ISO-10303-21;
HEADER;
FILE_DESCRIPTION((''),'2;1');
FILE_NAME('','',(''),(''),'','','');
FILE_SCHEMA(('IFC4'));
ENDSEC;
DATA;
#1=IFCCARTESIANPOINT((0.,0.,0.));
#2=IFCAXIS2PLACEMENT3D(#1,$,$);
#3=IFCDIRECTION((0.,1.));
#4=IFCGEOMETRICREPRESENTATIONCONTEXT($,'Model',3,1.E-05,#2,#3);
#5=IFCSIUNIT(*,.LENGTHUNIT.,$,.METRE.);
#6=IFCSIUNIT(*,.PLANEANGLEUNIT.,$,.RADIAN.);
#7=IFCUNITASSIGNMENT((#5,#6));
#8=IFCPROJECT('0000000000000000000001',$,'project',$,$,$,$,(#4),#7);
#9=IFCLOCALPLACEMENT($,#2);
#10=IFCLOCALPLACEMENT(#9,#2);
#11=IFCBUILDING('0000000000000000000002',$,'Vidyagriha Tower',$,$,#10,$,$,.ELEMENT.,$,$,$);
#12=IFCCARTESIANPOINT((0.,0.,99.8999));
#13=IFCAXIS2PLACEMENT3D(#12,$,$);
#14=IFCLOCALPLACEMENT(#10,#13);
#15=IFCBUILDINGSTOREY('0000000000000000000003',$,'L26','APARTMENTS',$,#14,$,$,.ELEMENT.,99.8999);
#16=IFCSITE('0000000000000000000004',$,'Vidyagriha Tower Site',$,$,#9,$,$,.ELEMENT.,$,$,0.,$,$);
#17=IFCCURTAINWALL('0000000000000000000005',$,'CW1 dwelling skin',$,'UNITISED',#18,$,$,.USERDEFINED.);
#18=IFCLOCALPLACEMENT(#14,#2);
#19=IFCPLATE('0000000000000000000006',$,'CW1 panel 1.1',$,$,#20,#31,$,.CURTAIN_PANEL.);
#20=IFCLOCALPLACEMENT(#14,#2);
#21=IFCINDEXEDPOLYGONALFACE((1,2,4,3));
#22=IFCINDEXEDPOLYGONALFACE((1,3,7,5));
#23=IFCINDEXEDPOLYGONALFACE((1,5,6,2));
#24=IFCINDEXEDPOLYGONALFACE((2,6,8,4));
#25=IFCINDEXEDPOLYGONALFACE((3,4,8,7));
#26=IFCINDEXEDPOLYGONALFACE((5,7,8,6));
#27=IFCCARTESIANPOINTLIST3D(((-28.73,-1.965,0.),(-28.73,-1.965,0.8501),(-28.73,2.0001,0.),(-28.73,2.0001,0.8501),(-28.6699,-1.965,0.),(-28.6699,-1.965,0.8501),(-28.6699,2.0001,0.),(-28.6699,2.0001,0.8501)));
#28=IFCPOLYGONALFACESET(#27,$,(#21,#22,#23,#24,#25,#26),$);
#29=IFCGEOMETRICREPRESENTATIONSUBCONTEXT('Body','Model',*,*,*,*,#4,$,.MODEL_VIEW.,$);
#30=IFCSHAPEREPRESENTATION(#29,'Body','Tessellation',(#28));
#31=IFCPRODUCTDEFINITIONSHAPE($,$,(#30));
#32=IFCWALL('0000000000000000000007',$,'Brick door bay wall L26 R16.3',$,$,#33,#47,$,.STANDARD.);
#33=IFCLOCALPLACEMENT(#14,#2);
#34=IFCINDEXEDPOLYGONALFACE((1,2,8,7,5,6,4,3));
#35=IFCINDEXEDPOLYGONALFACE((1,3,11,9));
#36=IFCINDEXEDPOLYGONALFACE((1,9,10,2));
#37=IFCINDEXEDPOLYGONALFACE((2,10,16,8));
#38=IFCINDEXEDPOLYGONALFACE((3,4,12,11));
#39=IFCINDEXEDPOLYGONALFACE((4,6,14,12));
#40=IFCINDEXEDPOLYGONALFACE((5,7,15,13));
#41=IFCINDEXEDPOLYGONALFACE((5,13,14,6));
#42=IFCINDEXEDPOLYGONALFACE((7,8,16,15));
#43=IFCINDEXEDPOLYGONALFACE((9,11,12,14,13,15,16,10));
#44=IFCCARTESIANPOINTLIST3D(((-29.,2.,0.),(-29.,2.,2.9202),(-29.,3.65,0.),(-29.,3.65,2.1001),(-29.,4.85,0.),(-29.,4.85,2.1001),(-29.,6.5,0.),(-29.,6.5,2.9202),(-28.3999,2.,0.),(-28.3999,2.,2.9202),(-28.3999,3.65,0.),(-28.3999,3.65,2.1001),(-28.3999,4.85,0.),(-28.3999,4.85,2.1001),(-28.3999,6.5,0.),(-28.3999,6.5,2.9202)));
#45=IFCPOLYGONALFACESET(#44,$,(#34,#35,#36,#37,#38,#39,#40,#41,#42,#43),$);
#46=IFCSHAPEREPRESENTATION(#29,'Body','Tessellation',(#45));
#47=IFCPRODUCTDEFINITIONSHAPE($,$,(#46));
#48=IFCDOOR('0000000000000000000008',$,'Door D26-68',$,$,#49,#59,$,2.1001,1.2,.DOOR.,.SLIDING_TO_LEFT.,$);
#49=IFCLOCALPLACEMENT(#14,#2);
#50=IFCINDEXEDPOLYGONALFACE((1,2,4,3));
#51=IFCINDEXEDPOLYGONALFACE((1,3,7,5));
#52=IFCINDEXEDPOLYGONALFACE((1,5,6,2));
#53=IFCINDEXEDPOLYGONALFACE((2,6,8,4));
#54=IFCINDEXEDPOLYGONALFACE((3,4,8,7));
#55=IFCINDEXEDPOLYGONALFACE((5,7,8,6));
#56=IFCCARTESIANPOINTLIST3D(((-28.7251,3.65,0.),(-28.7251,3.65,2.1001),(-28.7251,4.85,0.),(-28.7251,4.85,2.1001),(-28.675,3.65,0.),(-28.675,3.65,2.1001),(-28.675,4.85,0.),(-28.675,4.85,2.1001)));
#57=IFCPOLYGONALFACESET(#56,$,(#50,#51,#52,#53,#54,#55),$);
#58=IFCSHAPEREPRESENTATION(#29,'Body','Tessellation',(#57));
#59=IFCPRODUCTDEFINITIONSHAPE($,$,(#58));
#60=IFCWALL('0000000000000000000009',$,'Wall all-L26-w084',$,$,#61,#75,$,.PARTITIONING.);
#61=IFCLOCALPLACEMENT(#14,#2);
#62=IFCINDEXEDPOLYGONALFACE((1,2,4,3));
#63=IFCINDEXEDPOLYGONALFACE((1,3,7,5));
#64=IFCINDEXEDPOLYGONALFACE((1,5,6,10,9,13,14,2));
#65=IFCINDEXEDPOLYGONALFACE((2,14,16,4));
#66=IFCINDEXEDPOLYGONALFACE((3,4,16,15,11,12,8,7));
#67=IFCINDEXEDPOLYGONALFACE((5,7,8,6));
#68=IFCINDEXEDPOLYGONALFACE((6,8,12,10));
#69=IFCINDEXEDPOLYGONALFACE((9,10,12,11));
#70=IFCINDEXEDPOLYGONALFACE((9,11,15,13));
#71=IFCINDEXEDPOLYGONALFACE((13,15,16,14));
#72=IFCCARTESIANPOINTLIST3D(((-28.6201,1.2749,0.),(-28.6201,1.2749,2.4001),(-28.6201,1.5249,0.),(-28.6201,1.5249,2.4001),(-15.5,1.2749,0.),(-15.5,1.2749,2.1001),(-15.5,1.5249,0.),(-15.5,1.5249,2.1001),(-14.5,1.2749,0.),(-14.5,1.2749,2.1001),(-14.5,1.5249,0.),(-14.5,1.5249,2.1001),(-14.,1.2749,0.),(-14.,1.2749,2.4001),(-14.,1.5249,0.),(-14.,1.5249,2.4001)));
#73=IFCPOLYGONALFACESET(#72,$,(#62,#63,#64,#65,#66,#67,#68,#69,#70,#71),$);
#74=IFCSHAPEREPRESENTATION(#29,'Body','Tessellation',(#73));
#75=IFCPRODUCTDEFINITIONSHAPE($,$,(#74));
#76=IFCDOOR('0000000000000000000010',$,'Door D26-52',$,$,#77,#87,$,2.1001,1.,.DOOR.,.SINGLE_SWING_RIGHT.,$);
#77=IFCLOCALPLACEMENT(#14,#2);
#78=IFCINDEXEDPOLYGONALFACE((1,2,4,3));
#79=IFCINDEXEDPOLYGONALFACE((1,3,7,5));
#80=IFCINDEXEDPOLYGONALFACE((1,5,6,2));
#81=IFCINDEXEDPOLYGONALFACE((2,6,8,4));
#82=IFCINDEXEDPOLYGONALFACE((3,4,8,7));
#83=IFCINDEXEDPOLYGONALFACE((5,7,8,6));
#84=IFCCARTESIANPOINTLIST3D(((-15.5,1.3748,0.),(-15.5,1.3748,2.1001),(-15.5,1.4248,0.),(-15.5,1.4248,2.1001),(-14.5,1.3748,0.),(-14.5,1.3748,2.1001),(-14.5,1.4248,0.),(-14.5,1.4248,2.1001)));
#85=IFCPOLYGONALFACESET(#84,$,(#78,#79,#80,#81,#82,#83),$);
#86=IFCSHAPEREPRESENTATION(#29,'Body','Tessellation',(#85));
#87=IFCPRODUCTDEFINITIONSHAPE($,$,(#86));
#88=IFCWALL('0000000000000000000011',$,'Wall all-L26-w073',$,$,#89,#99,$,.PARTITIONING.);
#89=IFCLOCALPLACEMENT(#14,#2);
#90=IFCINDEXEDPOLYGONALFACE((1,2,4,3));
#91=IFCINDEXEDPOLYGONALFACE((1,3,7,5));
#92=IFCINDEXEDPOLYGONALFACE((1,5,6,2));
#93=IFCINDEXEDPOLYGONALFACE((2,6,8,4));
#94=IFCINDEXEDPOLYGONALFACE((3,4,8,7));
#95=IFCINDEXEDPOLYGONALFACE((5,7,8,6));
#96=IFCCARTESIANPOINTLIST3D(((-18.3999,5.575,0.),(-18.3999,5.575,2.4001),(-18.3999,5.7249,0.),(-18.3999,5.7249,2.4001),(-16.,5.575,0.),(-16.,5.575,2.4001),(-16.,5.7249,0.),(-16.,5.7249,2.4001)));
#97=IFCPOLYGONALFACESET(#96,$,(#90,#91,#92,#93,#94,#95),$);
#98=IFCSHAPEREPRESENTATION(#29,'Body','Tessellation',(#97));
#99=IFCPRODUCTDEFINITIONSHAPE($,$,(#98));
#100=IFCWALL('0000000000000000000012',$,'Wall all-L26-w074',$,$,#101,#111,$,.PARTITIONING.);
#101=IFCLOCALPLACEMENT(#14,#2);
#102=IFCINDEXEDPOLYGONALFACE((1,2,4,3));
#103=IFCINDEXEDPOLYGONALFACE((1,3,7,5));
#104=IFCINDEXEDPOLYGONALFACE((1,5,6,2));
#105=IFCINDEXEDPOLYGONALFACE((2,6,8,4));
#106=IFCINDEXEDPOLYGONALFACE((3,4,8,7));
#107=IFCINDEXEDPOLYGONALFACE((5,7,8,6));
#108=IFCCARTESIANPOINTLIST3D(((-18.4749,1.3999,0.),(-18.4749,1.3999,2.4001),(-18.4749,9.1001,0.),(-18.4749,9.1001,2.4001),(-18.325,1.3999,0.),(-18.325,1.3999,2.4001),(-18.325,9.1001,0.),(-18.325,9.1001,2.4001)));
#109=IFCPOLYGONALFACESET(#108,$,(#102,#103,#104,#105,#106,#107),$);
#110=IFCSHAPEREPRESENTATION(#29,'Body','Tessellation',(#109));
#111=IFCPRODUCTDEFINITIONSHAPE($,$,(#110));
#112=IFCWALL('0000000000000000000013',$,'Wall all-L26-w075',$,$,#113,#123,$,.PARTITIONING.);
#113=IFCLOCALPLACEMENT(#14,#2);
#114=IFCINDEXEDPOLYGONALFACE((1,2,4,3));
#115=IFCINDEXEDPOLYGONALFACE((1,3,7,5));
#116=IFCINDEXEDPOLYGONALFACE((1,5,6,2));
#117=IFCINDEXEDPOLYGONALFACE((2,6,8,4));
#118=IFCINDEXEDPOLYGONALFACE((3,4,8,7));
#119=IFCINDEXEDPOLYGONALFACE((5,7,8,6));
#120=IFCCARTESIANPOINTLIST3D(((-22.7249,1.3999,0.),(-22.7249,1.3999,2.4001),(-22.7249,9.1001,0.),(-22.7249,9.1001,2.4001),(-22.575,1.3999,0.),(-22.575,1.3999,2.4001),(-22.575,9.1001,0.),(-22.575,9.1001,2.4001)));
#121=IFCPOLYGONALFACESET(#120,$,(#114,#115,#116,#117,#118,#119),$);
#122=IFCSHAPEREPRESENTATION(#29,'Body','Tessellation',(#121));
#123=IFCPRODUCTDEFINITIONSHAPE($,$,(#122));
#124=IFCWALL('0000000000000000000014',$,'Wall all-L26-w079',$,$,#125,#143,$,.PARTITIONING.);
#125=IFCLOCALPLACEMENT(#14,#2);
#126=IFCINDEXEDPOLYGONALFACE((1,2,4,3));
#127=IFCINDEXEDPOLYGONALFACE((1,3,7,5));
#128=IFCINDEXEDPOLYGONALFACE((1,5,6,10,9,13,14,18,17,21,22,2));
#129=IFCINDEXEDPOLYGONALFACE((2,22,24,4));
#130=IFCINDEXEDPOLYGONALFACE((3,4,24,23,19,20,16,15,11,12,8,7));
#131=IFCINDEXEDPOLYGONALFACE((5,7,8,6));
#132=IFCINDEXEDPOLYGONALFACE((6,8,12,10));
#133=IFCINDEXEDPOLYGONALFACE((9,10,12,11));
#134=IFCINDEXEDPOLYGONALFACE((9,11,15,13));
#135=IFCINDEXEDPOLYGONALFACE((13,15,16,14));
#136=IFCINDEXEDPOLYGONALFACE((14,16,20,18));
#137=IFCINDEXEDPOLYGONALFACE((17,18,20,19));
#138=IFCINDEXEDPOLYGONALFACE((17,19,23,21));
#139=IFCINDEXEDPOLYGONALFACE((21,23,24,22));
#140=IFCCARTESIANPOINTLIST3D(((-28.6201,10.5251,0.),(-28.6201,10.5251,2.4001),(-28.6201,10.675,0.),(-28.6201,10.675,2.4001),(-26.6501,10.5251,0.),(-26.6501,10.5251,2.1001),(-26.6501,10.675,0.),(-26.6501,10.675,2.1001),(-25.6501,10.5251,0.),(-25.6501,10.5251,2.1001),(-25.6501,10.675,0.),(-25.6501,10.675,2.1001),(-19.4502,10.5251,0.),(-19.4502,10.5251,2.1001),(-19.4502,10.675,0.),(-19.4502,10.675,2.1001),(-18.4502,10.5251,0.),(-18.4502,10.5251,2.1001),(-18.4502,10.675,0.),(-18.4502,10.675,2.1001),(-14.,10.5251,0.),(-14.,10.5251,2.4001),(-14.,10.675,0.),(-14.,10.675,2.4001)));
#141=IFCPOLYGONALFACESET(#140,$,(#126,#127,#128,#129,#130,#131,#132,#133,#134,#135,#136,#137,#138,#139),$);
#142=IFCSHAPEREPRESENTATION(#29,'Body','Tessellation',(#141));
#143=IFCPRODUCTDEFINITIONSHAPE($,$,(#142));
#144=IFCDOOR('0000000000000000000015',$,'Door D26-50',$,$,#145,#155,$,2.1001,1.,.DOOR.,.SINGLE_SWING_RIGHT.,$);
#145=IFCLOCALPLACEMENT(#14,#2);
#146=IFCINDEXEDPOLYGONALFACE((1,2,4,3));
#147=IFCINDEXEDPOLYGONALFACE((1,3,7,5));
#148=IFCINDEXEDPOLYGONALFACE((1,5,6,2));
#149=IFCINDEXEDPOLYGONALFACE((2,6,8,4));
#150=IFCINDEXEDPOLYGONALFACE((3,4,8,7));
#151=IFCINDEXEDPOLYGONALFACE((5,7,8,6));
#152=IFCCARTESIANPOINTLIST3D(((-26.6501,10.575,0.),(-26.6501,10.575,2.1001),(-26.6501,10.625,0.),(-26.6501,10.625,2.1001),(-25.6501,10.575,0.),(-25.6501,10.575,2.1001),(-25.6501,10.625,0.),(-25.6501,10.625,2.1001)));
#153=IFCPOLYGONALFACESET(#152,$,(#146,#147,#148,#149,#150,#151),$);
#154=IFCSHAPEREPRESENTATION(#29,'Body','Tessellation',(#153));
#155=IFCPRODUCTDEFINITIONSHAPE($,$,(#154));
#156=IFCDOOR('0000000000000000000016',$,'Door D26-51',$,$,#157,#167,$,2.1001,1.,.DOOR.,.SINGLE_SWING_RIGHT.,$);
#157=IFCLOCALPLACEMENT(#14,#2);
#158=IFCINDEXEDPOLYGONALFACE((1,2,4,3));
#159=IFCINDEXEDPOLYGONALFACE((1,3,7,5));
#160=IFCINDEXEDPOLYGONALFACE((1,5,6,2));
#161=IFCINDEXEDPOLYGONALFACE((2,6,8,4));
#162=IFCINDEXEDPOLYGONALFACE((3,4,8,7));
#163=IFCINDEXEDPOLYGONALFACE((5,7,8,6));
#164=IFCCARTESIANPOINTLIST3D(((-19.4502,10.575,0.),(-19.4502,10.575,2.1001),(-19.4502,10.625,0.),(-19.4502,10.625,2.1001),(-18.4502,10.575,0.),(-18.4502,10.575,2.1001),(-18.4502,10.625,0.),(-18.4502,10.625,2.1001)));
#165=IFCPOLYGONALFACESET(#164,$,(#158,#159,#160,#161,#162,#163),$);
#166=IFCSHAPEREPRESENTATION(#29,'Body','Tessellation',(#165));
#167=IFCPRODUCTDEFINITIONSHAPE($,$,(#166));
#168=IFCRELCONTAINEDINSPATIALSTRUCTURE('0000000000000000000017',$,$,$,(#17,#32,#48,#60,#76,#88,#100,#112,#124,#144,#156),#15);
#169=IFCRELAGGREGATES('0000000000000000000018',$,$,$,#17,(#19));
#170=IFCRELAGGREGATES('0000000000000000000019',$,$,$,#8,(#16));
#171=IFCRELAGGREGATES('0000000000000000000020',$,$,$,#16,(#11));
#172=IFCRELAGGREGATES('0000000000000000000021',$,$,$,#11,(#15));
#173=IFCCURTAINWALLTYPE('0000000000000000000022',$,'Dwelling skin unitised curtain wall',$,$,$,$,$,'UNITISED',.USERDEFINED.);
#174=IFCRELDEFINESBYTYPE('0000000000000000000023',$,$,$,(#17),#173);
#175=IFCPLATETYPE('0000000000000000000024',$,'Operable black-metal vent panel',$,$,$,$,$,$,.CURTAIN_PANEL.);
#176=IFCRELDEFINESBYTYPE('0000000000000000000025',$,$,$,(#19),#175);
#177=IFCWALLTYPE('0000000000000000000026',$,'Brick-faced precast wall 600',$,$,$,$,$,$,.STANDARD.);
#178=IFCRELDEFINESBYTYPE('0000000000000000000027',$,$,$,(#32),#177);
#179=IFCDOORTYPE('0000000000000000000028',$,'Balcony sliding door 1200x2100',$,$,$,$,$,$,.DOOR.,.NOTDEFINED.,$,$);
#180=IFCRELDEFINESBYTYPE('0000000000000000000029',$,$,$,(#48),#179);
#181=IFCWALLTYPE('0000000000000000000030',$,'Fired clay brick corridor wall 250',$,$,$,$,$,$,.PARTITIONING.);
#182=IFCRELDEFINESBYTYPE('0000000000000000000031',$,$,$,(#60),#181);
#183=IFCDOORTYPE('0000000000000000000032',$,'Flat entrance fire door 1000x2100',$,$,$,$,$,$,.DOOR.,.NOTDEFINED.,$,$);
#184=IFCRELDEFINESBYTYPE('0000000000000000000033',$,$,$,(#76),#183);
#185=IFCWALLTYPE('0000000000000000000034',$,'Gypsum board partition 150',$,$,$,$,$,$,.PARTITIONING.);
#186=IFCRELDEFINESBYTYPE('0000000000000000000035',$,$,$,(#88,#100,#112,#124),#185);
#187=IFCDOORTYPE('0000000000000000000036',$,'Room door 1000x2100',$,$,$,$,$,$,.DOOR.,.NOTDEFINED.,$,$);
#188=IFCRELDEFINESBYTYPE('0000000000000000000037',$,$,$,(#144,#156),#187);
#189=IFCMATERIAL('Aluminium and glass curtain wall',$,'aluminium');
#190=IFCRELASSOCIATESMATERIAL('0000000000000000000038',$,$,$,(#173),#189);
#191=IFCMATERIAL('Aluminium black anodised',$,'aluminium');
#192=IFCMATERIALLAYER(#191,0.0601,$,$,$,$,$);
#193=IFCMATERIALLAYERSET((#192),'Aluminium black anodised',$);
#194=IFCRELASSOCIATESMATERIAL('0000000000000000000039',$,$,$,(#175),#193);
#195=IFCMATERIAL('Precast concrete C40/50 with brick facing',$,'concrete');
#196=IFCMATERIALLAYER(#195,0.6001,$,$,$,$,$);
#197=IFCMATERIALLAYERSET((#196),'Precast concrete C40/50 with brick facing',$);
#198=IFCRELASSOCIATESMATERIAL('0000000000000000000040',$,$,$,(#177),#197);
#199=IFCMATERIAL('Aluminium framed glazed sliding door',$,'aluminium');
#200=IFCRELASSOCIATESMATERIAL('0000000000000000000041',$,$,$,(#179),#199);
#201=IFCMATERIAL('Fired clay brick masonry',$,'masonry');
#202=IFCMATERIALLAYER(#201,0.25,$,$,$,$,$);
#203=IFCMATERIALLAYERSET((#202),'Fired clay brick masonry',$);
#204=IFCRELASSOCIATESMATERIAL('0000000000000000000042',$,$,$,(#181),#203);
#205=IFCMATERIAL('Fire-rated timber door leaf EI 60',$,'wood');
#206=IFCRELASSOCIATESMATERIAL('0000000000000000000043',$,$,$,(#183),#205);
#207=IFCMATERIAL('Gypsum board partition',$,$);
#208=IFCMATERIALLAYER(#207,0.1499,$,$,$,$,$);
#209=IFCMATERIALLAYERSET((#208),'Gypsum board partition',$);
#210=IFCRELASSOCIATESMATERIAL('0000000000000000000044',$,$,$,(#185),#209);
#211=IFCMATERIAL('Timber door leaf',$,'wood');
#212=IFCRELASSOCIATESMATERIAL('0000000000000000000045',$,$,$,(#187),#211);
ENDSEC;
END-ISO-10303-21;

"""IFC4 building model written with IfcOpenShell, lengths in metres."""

from ifc_helpers import new_model, si_unit, direction, frame, frame_2d, origin, origin_2d, place, context, subcontext, project, spatial, rectangle, extrude, material, layer, layer_set, type_object, element, fill, aggregate, save


model = new_model("IFC4")

# Units and contexts
model_context = context("Model", 3, precision=1e-05, world=origin(), true_north=direction((0.0, 1.0)))
body_context = subcontext(model_context, "Body", "Model", "MODEL_VIEW")
ifc_project = project(units=[si_unit("LENGTHUNIT", "METRE"), si_unit("PLANEANGLEUNIT", "RADIAN")], contexts=[model_context])

# Site, building, storey
site_placement = place(None, origin())
site = spatial("IfcSite", under=ifc_project, at=site_placement, Name="Vidyagriha Tower Site", CompositionType="ELEMENT", RefElevation=0.0)
building_placement = place(site_placement, origin())
building = spatial("IfcBuilding", under=site, at=building_placement, Name="Vidyagriha Tower", CompositionType="ELEMENT")
storey_placement = place(building_placement, frame((0.0, 0.0, 99.8999)))
storey = spatial("IfcBuildingStorey", under=building, at=storey_placement, Name="L26", Description="APARTMENTS", CompositionType="ELEMENT", Elevation=99.8999)

# Shared definitions
ifc_material_1 = material(Name="Aluminium and glass curtain wall", Category="aluminium")
curtain_wall_type = type_object("IfcCurtainWallType", Name="Dwelling skin unitised curtain wall", ElementType="UNITISED", PredefinedType="USERDEFINED", material=ifc_material_1)

# Curtain wall
curtain_wall_1_placement = place(storey_placement, origin())
curtain_wall_1 = element("IfcCurtainWall", 1, at=curtain_wall_1_placement, inside=storey, type_object=curtain_wall_type, Name="CW1 dwelling skin", ObjectType="UNITISED", PredefinedType="USERDEFINED")

# Plate
ifc_material_2 = material(Name="Aluminium black anodised", Category="aluminium")
ifc_layer_1 = layer(ifc_material_2, 0.0601)
ifc_layer_set_1 = layer_set([ifc_layer_1], Name="Aluminium black anodised")
plate_type_1 = type_object("IfcPlateType", Name="Operable black-metal vent panel", PredefinedType="CURTAIN_PANEL", material=ifc_layer_set_1)
plate_1_placement = place(storey_placement, frame((-28.7, 0.0176, 0.0), z_axis=(0.0, 0.0, 1.0), x_axis=(0.0, -1.0, 0.0)))
plate_1 = element("IfcPlate", 2, at=plate_1_placement, type_object=plate_type_1, Name="CW1 panel 1.1", PredefinedType="CURTAIN_PANEL", context=body_context, shape_type="SweptSolid", body=[
    extrude(rectangle(XDim=3.9651, YDim=0.0601, at=origin_2d()), origin(), (0.0, 0.0, 1.0), 0.8501),
])
aggregate(curtain_wall_1, [plate_1])

# Walls, openings, doors
ifc_material_3 = material(Name="Precast concrete C40/50 with brick facing", Category="concrete")
ifc_layer_2 = layer(ifc_material_3, 0.6001)
ifc_layer_set_2 = layer_set([ifc_layer_2], Name="Precast concrete C40/50 with brick facing")
wall_type_1 = type_object("IfcWallType", Name="Brick-faced precast wall 600", PredefinedType="STANDARD", material=ifc_layer_set_2)
wall_1_placement = place(storey_placement, frame((-28.7, 6.5, 0.0), z_axis=(0.0, 0.0, 1.0), x_axis=(0.0, -1.0, 0.0)))
wall_1 = element("IfcWall", 3, at=wall_1_placement, inside=storey, type_object=wall_type_1, Name="Brick door bay wall L26 R16.3", PredefinedType="STANDARD", context=body_context, shape_type="SweptSolid", body=[
    extrude(rectangle(XDim=4.5, YDim=0.6001, at=frame_2d((2.25, 0.0))), origin(), (0.0, 0.0, 1.0), 2.9202),
])
opening_1_placement = place(wall_1_placement, frame((1.6499, 0.0, 0.0)))
opening_1 = element("IfcOpeningElement", 4, at=opening_1_placement, cuts=wall_1, PredefinedType="OPENING", context=body_context, shape_type="SweptSolid", body=[
    extrude(rectangle(XDim=1.2, YDim=2.1001, at=frame_2d((0.6001, 1.05))), frame((0.0, 0.3101, 0.0), z_axis=(0.0, -1.0, 0.0), x_axis=(1.0, 0.0, 0.0)), (0.0, 0.0, 1.0), 0.6201),
])
ifc_material_4 = material(Name="Aluminium framed glazed sliding door", Category="aluminium")
door_type_1 = type_object("IfcDoorType", Name="Balcony sliding door 1200x2100", OperationType="NOTDEFINED", PredefinedType="DOOR", material=ifc_material_4)
door_1_placement = place(opening_1_placement, origin())
door_1 = element("IfcDoor", 5, at=door_1_placement, inside=storey, type_object=door_type_1, Name="Door D26-68", OperationType="SLIDING_TO_LEFT", OverallHeight=2.1001, OverallWidth=1.2, PredefinedType="DOOR", context=body_context, shape_type="SweptSolid", body=[
    extrude(rectangle(XDim=1.2, YDim=2.1001, at=frame_2d((0.6001, 1.05))), frame((0.0, 0.0249, 0.0), z_axis=(0.0, -1.0, 0.0), x_axis=(1.0, 0.0, 0.0)), (0.0, 0.0, 1.0), 0.05),
])
fill(opening_1, door_1)
ifc_material_5 = material(Name="Fired clay brick masonry", Category="masonry")
ifc_layer_3 = layer(ifc_material_5, 0.25)
ifc_layer_set_3 = layer_set([ifc_layer_3], Name="Fired clay brick masonry")
wall_type_2 = type_object("IfcWallType", Name="Fired clay brick corridor wall 250", PredefinedType="PARTITIONING", material=ifc_layer_set_3)
wall_2_placement = place(storey_placement, frame((-28.6201, 1.3999, 0.0)))
wall_2 = element("IfcWall", 6, at=wall_2_placement, inside=storey, type_object=wall_type_2, Name="Wall all-L26-w084", PredefinedType="PARTITIONING", context=body_context, shape_type="SweptSolid", body=[
    extrude(rectangle(XDim=14.6201, YDim=0.25, at=frame_2d((7.3101, 0.0))), origin(), (0.0, 0.0, 1.0), 2.4001),
])
opening_2_placement = place(wall_2_placement, frame((13.1201, 0.0, 0.0)))
opening_2 = element("IfcOpeningElement", 7, at=opening_2_placement, cuts=wall_2, PredefinedType="OPENING", context=body_context, shape_type="SweptSolid", body=[
    extrude(rectangle(XDim=1.0, YDim=2.1001, at=frame_2d((0.5, 1.05))), frame((0.0, 0.135, 0.0), z_axis=(0.0, -1.0, 0.0), x_axis=(1.0, 0.0, 0.0)), (0.0, 0.0, 1.0), 0.27),
])
ifc_material_6 = material(Name="Fire-rated timber door leaf EI 60", Category="wood")
door_type_2 = type_object("IfcDoorType", Name="Flat entrance fire door 1000x2100", OperationType="NOTDEFINED", PredefinedType="DOOR", material=ifc_material_6)
door_2_placement = place(opening_2_placement, origin())
door_2 = element("IfcDoor", 8, at=door_2_placement, inside=storey, type_object=door_type_2, Name="Door D26-52", OperationType="SINGLE_SWING_RIGHT", OverallHeight=2.1001, OverallWidth=1.0, PredefinedType="DOOR", context=body_context, shape_type="SweptSolid", body=[
    extrude(rectangle(XDim=1.0, YDim=2.1001, at=frame_2d((0.5, 1.05))), frame((0.0, 0.0249, 0.0), z_axis=(0.0, -1.0, 0.0), x_axis=(1.0, 0.0, 0.0)), (0.0, 0.0, 1.0), 0.05),
])
fill(opening_2, door_2)

# Walls
ifc_material_7 = material(Name="Gypsum board partition")
ifc_layer_4 = layer(ifc_material_7, 0.1499)
ifc_layer_set_4 = layer_set([ifc_layer_4], Name="Gypsum board partition")
wall_type_3 = type_object("IfcWallType", Name="Gypsum board partition 150", PredefinedType="PARTITIONING", material=ifc_layer_set_4)
wall_3_placement = place(storey_placement, frame((-18.3999, 5.6499, 0.0)))
element("IfcWall", 9, at=wall_3_placement, inside=storey, type_object=wall_type_3, Name="Wall all-L26-w073", PredefinedType="PARTITIONING", context=body_context, shape_type="SweptSolid", body=[
    extrude(rectangle(XDim=2.3999, YDim=0.1499, at=frame_2d((1.2, 0.0))), origin(), (0.0, 0.0, 1.0), 2.4001),
])
for number, where, z_axis, x_axis, name in (
    (10, (-18.3999, 1.3999, 0.0), (0.0, 0.0, 1.0), (0.0, 1.0, 0.0), "Wall all-L26-w074"),
    (11, (-22.6499, 1.3999, 0.0), (0.0, 0.0, 1.0), (0.0, 1.0, 0.0), "Wall all-L26-w075"),
):
    element("IfcWall", number, at=place(storey_placement, frame(where, z_axis=z_axis, x_axis=x_axis)), inside=storey, type_object=wall_type_3, Name=name, PredefinedType="PARTITIONING", context=body_context, shape_type="SweptSolid", body=[
        extrude(rectangle(XDim=7.7002, YDim=0.1499, at=frame_2d((3.8501, 0.0))), origin(), (0.0, 0.0, 1.0), 2.4001),
    ])

# Wall, openings, doors
wall_4_placement = place(storey_placement, frame((-28.6201, 10.6001, 0.0)))
wall_4 = element("IfcWall", 12, at=wall_4_placement, inside=storey, type_object=wall_type_3, Name="Wall all-L26-w079", PredefinedType="PARTITIONING", context=body_context, shape_type="SweptSolid", body=[
    extrude(rectangle(XDim=14.6201, YDim=0.1499, at=frame_2d((7.3101, 0.0))), origin(), (0.0, 0.0, 1.0), 2.4001),
])
opening_3_placement = place(wall_4_placement, frame((1.97, 0.0, 0.0)))
opening_3 = element("IfcOpeningElement", 13, at=opening_3_placement, cuts=wall_4, PredefinedType="OPENING", context=body_context, shape_type="SweptSolid", body=[
    extrude(rectangle(XDim=1.0, YDim=2.1001, at=frame_2d((0.5, 1.05))), frame((0.0, 0.085, 0.0), z_axis=(0.0, -1.0, 0.0), x_axis=(1.0, 0.0, 0.0)), (0.0, 0.0, 1.0), 0.1699),
])
opening_4_placement = place(wall_4_placement, frame((9.1699, 0.0, 0.0)))
opening_4 = element("IfcOpeningElement", 14, at=opening_4_placement, cuts=wall_4, PredefinedType="OPENING", context=body_context, shape_type="SweptSolid", body=[
    extrude(rectangle(XDim=1.0, YDim=2.1001, at=frame_2d((0.5, 1.05))), frame((0.0, 0.085, 0.0), z_axis=(0.0, -1.0, 0.0), x_axis=(1.0, 0.0, 0.0)), (0.0, 0.0, 1.0), 0.1699),
])
ifc_material_8 = material(Name="Timber door leaf", Category="wood")
door_type_3 = type_object("IfcDoorType", Name="Room door 1000x2100", OperationType="NOTDEFINED", PredefinedType="DOOR", material=ifc_material_8)
door_3_placement = place(opening_3_placement, origin())
door_3 = element("IfcDoor", 15, at=door_3_placement, inside=storey, type_object=door_type_3, Name="Door D26-50", OperationType="SINGLE_SWING_RIGHT", OverallHeight=2.1001, OverallWidth=1.0, PredefinedType="DOOR", context=body_context, shape_type="SweptSolid", body=[
    extrude(rectangle(XDim=1.0, YDim=2.1001, at=frame_2d((0.5, 1.05))), frame((0.0, 0.0249, 0.0), z_axis=(0.0, -1.0, 0.0), x_axis=(1.0, 0.0, 0.0)), (0.0, 0.0, 1.0), 0.05),
])
fill(opening_3, door_3)
door_4_placement = place(opening_4_placement, origin())
door_4 = element("IfcDoor", 16, at=door_4_placement, inside=storey, type_object=door_type_3, Name="Door D26-51", OperationType="SINGLE_SWING_RIGHT", OverallHeight=2.1001, OverallWidth=1.0, PredefinedType="DOOR", context=body_context, shape_type="SweptSolid", body=[
    extrude(rectangle(XDim=1.0, YDim=2.1001, at=frame_2d((0.5, 1.05))), frame((0.0, 0.0249, 0.0), z_axis=(0.0, -1.0, 0.0), x_axis=(1.0, 0.0, 0.0)), (0.0, 0.0, 1.0), 0.05),
])
fill(opening_4, door_4)

save(model, "model.ifc")
